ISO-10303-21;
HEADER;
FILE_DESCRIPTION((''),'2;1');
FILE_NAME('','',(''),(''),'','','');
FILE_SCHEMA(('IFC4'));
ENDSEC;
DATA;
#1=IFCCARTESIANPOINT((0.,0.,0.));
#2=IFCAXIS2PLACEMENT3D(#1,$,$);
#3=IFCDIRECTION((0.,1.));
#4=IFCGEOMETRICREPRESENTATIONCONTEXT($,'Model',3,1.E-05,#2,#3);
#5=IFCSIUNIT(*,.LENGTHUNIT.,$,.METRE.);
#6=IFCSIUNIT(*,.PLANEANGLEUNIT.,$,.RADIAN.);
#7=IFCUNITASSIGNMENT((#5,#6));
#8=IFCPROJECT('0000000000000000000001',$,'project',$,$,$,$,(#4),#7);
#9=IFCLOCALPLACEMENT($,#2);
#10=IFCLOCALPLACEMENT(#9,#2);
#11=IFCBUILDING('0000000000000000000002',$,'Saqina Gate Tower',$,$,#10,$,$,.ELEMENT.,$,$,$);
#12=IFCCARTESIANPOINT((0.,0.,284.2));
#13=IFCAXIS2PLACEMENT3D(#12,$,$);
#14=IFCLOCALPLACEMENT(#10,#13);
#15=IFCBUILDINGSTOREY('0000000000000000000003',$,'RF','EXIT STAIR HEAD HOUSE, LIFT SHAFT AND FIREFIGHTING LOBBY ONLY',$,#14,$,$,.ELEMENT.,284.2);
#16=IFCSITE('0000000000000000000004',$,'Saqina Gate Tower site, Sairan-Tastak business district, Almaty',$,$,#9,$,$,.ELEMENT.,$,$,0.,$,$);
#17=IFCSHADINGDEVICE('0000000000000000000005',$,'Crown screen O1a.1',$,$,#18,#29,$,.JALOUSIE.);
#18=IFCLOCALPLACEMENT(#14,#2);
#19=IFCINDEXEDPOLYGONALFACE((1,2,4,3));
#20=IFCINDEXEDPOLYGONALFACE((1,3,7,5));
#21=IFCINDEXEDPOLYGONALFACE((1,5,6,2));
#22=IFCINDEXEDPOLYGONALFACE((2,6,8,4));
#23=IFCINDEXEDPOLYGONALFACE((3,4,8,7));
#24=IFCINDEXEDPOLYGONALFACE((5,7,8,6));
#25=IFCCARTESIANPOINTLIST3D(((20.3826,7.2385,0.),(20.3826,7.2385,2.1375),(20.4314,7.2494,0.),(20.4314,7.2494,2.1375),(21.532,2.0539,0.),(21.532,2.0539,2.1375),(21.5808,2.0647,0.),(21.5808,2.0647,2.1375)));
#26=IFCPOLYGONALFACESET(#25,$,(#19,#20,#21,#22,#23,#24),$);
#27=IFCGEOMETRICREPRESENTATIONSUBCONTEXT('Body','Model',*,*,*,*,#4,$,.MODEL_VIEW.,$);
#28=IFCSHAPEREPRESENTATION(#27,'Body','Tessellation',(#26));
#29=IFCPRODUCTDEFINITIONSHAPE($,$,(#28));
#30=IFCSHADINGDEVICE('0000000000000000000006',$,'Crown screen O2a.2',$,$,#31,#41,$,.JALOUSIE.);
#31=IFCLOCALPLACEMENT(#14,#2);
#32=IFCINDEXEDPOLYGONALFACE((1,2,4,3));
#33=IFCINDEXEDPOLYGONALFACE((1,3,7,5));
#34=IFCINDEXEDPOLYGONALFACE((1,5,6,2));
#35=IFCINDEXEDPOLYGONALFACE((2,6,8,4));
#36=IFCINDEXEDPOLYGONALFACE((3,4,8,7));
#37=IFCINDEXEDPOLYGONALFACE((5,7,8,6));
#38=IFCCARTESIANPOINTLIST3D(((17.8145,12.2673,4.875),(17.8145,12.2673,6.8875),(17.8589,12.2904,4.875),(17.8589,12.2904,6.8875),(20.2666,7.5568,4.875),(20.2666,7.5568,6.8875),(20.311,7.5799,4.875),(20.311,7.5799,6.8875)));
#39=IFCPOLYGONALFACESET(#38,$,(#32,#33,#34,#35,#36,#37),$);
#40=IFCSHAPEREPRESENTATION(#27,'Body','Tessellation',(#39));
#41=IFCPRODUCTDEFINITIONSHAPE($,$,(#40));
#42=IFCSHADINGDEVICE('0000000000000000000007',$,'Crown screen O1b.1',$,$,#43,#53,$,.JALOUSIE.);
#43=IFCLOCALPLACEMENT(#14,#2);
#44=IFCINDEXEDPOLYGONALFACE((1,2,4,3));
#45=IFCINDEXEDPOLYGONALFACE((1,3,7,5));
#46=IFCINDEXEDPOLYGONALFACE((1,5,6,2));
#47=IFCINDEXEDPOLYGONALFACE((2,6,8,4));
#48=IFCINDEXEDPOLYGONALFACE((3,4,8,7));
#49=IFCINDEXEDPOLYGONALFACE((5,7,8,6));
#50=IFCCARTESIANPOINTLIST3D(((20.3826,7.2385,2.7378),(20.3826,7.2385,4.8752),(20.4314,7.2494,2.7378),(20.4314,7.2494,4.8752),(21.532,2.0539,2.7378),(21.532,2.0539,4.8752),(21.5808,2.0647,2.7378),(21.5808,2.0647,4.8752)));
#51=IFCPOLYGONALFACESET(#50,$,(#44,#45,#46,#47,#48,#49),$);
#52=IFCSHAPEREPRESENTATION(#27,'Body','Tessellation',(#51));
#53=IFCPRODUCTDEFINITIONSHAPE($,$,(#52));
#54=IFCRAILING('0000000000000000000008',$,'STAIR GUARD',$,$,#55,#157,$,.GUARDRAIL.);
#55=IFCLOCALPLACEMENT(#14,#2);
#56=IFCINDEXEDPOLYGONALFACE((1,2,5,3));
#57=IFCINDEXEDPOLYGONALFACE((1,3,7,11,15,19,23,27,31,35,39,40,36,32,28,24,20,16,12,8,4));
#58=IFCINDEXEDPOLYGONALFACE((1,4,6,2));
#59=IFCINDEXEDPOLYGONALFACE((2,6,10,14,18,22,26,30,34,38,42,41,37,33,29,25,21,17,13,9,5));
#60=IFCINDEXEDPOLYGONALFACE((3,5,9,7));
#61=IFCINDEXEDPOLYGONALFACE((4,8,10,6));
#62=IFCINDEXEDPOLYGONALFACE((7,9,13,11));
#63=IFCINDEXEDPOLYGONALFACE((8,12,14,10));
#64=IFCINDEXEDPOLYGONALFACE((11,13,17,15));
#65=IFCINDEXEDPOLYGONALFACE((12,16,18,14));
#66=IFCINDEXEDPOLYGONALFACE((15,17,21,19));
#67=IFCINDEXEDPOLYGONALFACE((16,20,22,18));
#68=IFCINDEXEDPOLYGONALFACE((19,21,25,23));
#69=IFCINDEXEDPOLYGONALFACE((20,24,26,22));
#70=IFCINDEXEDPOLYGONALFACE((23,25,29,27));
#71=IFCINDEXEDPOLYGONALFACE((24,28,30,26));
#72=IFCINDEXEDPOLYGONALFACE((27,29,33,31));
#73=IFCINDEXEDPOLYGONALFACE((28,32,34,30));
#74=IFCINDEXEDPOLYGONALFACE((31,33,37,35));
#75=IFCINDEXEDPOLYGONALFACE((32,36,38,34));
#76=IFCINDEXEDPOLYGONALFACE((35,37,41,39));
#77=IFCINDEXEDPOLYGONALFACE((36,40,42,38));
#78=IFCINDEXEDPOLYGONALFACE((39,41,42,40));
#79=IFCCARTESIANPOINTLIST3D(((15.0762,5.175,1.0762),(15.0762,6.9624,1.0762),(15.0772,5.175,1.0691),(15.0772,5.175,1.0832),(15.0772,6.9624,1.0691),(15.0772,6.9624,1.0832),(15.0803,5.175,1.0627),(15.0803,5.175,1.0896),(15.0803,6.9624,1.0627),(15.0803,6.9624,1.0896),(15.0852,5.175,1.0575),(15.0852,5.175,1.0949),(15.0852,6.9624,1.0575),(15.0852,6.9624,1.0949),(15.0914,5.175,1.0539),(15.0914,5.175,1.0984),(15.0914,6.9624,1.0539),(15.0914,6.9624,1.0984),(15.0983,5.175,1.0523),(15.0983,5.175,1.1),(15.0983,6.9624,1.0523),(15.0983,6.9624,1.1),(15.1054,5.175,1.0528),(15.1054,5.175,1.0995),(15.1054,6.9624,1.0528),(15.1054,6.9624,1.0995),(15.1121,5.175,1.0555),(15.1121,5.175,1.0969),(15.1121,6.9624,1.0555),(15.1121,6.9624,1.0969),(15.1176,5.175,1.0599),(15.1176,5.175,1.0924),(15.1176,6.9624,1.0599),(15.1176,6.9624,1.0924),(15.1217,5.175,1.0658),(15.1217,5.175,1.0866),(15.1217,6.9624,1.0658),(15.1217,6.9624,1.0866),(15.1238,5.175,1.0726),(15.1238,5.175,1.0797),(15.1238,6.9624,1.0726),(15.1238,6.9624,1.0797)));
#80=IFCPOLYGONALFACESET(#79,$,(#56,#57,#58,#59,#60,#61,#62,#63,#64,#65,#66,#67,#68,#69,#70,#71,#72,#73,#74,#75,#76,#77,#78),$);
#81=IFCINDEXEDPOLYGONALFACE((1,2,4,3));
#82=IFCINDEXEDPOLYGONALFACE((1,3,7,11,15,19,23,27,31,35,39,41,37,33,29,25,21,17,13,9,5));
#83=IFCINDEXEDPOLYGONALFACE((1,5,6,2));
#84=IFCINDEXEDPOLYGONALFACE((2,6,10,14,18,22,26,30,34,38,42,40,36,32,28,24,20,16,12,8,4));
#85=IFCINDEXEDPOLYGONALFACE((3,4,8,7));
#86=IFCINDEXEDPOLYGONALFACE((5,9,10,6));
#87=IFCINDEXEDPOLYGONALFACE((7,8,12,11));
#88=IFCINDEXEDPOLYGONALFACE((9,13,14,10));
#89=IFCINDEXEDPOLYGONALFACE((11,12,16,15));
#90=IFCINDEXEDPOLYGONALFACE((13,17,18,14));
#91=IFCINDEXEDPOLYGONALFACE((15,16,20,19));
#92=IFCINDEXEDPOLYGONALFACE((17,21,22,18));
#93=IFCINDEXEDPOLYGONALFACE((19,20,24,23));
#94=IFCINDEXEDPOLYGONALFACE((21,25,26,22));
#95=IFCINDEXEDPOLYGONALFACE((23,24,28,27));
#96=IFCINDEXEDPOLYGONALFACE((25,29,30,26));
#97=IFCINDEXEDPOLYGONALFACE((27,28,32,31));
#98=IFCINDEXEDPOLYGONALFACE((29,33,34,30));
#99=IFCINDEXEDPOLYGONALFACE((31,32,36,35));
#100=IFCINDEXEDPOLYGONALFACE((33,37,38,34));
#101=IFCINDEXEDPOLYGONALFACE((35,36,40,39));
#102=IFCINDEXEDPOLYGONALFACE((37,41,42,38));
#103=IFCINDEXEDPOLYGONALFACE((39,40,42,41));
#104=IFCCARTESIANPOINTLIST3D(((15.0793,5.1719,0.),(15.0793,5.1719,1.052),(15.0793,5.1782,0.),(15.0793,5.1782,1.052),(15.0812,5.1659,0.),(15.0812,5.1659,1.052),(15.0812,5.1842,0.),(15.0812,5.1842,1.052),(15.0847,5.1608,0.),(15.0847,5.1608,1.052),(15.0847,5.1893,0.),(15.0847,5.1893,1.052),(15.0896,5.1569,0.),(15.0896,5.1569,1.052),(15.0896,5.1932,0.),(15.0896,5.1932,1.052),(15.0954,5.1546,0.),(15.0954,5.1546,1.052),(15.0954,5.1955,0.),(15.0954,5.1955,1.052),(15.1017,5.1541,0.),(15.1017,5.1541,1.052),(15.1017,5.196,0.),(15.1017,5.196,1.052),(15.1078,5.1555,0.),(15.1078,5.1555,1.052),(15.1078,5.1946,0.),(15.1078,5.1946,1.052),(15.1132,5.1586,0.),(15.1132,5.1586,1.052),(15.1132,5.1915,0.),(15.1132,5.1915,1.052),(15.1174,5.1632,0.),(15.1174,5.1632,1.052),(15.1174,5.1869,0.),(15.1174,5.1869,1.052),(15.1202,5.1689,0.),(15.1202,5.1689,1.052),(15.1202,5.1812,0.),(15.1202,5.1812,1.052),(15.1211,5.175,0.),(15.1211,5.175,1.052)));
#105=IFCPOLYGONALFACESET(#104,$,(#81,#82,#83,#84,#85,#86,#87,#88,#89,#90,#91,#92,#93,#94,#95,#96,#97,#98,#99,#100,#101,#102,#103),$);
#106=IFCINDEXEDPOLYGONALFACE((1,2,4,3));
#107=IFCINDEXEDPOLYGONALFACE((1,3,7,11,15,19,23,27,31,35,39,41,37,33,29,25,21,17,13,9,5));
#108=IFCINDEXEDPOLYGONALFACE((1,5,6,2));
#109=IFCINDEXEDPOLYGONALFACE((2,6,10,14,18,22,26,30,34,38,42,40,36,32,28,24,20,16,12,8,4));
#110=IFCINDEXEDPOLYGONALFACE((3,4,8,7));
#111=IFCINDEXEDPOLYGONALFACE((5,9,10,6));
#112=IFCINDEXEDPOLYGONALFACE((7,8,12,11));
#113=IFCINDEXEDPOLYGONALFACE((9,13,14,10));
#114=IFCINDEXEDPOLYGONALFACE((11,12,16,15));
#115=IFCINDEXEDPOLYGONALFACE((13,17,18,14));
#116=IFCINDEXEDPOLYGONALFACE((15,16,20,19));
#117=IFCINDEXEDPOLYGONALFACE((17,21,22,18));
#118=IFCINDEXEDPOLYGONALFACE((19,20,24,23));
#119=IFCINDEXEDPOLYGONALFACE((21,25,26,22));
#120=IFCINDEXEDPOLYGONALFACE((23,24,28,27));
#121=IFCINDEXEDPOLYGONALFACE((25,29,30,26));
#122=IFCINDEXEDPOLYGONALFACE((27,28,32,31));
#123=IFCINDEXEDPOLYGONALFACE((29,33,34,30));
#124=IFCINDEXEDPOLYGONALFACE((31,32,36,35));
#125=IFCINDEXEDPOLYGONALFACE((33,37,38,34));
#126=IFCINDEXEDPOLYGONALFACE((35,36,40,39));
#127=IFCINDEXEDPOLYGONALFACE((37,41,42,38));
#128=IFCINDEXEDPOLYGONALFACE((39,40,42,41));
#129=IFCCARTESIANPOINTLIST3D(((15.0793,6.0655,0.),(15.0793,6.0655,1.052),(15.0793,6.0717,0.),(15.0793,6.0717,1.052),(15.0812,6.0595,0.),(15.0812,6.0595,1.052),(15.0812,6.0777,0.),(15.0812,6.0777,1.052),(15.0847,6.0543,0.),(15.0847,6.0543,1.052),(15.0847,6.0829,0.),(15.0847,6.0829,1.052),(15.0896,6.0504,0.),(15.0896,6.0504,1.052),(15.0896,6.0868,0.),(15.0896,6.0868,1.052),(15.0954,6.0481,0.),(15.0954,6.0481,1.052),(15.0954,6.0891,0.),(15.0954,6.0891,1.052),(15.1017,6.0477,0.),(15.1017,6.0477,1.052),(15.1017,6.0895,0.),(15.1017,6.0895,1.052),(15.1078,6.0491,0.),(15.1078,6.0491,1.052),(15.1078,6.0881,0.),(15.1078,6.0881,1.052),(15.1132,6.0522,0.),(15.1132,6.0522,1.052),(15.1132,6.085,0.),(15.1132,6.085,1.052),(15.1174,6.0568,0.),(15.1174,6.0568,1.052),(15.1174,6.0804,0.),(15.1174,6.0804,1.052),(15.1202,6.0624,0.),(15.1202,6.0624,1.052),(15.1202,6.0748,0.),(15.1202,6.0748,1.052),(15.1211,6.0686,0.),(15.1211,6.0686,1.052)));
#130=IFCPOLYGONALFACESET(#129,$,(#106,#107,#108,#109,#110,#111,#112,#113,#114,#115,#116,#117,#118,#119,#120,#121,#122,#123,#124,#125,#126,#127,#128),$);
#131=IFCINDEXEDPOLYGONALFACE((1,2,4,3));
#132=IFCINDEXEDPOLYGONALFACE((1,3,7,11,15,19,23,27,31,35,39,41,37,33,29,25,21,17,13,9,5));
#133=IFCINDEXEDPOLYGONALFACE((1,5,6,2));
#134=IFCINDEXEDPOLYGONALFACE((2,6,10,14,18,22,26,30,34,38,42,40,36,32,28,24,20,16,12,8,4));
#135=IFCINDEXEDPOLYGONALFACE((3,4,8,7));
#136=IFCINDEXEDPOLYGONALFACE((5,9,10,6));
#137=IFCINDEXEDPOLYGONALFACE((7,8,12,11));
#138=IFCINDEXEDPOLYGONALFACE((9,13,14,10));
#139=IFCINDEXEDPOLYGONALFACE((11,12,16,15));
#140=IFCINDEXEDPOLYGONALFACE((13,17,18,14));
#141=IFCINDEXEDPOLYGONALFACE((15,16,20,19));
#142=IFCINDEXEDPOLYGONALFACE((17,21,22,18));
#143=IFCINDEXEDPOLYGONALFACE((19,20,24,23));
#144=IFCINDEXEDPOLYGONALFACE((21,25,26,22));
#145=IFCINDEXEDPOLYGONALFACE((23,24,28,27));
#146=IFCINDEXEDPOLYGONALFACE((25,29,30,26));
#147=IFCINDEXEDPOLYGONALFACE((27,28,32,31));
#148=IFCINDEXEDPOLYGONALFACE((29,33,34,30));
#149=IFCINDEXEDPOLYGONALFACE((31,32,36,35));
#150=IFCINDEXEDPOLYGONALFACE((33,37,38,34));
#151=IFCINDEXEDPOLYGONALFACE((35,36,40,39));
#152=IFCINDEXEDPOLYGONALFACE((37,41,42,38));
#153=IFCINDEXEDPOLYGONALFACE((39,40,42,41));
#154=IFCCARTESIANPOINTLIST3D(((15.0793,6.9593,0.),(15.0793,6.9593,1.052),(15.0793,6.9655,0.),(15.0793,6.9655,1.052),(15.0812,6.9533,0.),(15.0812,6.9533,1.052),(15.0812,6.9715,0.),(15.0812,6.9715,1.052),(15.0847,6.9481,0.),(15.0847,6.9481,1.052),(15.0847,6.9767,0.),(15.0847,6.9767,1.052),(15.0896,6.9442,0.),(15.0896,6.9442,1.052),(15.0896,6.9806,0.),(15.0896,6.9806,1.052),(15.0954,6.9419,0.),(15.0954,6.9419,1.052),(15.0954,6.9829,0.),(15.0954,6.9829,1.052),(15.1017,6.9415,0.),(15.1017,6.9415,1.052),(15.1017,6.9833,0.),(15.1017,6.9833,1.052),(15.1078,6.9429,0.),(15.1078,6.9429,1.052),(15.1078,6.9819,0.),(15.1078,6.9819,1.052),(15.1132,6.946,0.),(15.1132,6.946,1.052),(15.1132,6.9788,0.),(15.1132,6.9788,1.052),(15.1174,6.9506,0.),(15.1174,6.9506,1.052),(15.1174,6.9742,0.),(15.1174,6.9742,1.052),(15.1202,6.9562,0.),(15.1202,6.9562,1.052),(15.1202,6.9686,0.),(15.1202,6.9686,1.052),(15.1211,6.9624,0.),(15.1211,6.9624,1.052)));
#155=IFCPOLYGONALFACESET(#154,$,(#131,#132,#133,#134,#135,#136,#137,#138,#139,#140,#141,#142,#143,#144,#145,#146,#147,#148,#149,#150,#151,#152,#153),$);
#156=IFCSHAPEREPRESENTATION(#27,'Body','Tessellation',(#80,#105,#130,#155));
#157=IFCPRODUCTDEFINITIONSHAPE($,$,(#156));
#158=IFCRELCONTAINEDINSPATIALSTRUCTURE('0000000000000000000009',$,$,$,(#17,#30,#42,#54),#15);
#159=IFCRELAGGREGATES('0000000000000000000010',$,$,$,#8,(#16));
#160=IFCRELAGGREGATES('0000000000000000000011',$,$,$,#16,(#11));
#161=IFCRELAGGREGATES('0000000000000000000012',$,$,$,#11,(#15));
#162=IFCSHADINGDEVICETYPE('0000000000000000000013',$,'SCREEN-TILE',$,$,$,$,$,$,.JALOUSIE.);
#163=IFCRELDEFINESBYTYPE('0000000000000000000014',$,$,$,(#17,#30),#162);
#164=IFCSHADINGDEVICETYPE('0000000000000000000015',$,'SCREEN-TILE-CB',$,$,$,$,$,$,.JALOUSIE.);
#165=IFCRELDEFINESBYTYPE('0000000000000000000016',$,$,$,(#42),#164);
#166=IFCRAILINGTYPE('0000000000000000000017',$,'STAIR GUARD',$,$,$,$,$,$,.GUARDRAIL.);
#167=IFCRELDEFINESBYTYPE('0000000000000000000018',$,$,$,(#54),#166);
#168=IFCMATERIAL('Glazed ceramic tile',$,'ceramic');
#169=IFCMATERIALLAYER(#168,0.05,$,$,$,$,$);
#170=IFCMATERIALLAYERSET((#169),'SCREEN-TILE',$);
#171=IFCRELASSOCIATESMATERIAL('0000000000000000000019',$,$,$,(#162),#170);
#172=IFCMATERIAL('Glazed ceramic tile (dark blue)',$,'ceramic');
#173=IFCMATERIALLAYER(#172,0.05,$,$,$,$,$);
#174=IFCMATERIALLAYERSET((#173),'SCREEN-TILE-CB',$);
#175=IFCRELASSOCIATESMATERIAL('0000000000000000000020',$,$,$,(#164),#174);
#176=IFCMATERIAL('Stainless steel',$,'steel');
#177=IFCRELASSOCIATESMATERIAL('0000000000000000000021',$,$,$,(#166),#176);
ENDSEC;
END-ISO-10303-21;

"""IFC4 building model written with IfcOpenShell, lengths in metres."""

from ifc_helpers import new_model, si_unit, direction, frame, origin, origin_2d, place, context, subcontext, project, spatial, rectangle, circle, extrude, material, layer, layer_set, type_object, element, save


model = new_model("IFC4")

# Units and contexts
model_context = context("Model", 3, precision=1e-05, world=origin(), true_north=direction((0.0, 1.0)))
body_context = subcontext(model_context, "Body", "Model", "MODEL_VIEW")
ifc_project = project(units=[si_unit("LENGTHUNIT", "METRE"), si_unit("PLANEANGLEUNIT", "RADIAN")], contexts=[model_context])

# Site, building, storey
site_placement = place(None, origin())
site = spatial("IfcSite", under=ifc_project, at=site_placement, Name="Saqina Gate Tower site, Sairan-Tastak business district, Almaty", CompositionType="ELEMENT", RefElevation=0.0)
building_placement = place(site_placement, origin())
building = spatial("IfcBuilding", under=site, at=building_placement, Name="Saqina Gate Tower", CompositionType="ELEMENT")
storey_placement = place(building_placement, frame((0.0, 0.0, 284.2)))
storey = spatial("IfcBuildingStorey", under=building, at=storey_placement, Name="RF", Description="EXIT STAIR HEAD HOUSE, LIFT SHAFT AND FIREFIGHTING LOBBY ONLY", CompositionType="ELEMENT", Elevation=284.2)

# Shading devices
ifc_material_1 = material(Name="Glazed ceramic tile", Category="ceramic")
ifc_layer_1 = layer(ifc_material_1, 0.05)
ifc_layer_set_1 = layer_set([ifc_layer_1], Name="SCREEN-TILE")
shading_device_type_1 = type_object("IfcShadingDeviceType", Name="SCREEN-TILE", PredefinedType="JALOUSIE", material=ifc_layer_set_1)
shading_device_1_placement = place(storey_placement, frame((20.9817, 4.6516, 0.0), z_axis=(0.0, 0.0, 1.0), x_axis=(-0.21644, 0.976296, 0.0)))
element("IfcShadingDevice", 1, at=shading_device_1_placement, inside=storey, type_object=shading_device_type_1, Name="Crown screen O1a.1", PredefinedType="JALOUSIE", context=body_context, shape_type="SweptSolid", body=[
    extrude(rectangle(XDim=5.3105, YDim=0.05, at=origin_2d()), origin(), (0.0, 0.0, 1.0), 2.1375),
])
shading_device_2_placement = place(storey_placement, frame((19.0627, 9.9236, 4.875), z_axis=(0.0, 0.0, 1.0), x_axis=(-0.461749, 0.887011, 0.0)))
element("IfcShadingDevice", 2, at=shading_device_2_placement, inside=storey, type_object=shading_device_type_1, Name="Crown screen O2a.2", PredefinedType="JALOUSIE", context=body_context, shape_type="SweptSolid", body=[
    extrude(rectangle(XDim=5.3105, YDim=0.05, at=origin_2d()), origin(), (0.0, 0.0, 1.0), 2.0125),
])
ifc_material_2 = material(Name="Glazed ceramic tile (dark blue)", Category="ceramic")
ifc_layer_2 = layer(ifc_material_2, 0.05)
ifc_layer_set_2 = layer_set([ifc_layer_2], Name="SCREEN-TILE-CB")
shading_device_type_2 = type_object("IfcShadingDeviceType", Name="SCREEN-TILE-CB", PredefinedType="JALOUSIE", material=ifc_layer_set_2)
shading_device_3_placement = place(storey_placement, frame((20.9817, 4.6516, 2.7378), z_axis=(0.0, 0.0, 1.0), x_axis=(-0.21644, 0.976296, 0.0)))
element("IfcShadingDevice", 3, at=shading_device_3_placement, inside=storey, type_object=shading_device_type_2, Name="Crown screen O1b.1", PredefinedType="JALOUSIE", context=body_context, shape_type="SweptSolid", body=[
    extrude(rectangle(XDim=5.3105, YDim=0.05, at=origin_2d()), origin(), (0.0, 0.0, 1.0), 2.1375),
])

# Railing
ifc_material_3 = material(Name="Stainless steel", Category="steel")
railing_type = type_object("IfcRailingType", Name="STAIR GUARD", PredefinedType="GUARDRAIL", material=ifc_material_3)
railing_placement = place(storey_placement, frame((15.1001, 5.175, 0.0)))
element("IfcRailing", 4, at=railing_placement, inside=storey, type_object=railing_type, Name="STAIR GUARD", PredefinedType="GUARDRAIL", context=body_context, shape_type="SweptSolid", body=[
    extrude(circle(Radius=0.0239, at=origin_2d()), frame((0.0, 0.0, 1.0762), z_axis=(0.0, 1.0, 0.0), x_axis=(-1.0, 0.0, 0.0)), (0.0, 0.0, 1.0), 1.7874),
    extrude(circle(Radius=0.021, at=origin_2d()), origin(), (0.0, 0.0, 1.0), 1.052),
    extrude(circle(Radius=0.021, at=origin_2d()), frame((0.0, 0.8936, 0.0)), (0.0, 0.0, 1.0), 1.052),
    extrude(circle(Radius=0.021, at=origin_2d()), frame((0.0, 1.7874, 0.0)), (0.0, 0.0, 1.0), 1.052),
])

save(model, "model.ifc")
